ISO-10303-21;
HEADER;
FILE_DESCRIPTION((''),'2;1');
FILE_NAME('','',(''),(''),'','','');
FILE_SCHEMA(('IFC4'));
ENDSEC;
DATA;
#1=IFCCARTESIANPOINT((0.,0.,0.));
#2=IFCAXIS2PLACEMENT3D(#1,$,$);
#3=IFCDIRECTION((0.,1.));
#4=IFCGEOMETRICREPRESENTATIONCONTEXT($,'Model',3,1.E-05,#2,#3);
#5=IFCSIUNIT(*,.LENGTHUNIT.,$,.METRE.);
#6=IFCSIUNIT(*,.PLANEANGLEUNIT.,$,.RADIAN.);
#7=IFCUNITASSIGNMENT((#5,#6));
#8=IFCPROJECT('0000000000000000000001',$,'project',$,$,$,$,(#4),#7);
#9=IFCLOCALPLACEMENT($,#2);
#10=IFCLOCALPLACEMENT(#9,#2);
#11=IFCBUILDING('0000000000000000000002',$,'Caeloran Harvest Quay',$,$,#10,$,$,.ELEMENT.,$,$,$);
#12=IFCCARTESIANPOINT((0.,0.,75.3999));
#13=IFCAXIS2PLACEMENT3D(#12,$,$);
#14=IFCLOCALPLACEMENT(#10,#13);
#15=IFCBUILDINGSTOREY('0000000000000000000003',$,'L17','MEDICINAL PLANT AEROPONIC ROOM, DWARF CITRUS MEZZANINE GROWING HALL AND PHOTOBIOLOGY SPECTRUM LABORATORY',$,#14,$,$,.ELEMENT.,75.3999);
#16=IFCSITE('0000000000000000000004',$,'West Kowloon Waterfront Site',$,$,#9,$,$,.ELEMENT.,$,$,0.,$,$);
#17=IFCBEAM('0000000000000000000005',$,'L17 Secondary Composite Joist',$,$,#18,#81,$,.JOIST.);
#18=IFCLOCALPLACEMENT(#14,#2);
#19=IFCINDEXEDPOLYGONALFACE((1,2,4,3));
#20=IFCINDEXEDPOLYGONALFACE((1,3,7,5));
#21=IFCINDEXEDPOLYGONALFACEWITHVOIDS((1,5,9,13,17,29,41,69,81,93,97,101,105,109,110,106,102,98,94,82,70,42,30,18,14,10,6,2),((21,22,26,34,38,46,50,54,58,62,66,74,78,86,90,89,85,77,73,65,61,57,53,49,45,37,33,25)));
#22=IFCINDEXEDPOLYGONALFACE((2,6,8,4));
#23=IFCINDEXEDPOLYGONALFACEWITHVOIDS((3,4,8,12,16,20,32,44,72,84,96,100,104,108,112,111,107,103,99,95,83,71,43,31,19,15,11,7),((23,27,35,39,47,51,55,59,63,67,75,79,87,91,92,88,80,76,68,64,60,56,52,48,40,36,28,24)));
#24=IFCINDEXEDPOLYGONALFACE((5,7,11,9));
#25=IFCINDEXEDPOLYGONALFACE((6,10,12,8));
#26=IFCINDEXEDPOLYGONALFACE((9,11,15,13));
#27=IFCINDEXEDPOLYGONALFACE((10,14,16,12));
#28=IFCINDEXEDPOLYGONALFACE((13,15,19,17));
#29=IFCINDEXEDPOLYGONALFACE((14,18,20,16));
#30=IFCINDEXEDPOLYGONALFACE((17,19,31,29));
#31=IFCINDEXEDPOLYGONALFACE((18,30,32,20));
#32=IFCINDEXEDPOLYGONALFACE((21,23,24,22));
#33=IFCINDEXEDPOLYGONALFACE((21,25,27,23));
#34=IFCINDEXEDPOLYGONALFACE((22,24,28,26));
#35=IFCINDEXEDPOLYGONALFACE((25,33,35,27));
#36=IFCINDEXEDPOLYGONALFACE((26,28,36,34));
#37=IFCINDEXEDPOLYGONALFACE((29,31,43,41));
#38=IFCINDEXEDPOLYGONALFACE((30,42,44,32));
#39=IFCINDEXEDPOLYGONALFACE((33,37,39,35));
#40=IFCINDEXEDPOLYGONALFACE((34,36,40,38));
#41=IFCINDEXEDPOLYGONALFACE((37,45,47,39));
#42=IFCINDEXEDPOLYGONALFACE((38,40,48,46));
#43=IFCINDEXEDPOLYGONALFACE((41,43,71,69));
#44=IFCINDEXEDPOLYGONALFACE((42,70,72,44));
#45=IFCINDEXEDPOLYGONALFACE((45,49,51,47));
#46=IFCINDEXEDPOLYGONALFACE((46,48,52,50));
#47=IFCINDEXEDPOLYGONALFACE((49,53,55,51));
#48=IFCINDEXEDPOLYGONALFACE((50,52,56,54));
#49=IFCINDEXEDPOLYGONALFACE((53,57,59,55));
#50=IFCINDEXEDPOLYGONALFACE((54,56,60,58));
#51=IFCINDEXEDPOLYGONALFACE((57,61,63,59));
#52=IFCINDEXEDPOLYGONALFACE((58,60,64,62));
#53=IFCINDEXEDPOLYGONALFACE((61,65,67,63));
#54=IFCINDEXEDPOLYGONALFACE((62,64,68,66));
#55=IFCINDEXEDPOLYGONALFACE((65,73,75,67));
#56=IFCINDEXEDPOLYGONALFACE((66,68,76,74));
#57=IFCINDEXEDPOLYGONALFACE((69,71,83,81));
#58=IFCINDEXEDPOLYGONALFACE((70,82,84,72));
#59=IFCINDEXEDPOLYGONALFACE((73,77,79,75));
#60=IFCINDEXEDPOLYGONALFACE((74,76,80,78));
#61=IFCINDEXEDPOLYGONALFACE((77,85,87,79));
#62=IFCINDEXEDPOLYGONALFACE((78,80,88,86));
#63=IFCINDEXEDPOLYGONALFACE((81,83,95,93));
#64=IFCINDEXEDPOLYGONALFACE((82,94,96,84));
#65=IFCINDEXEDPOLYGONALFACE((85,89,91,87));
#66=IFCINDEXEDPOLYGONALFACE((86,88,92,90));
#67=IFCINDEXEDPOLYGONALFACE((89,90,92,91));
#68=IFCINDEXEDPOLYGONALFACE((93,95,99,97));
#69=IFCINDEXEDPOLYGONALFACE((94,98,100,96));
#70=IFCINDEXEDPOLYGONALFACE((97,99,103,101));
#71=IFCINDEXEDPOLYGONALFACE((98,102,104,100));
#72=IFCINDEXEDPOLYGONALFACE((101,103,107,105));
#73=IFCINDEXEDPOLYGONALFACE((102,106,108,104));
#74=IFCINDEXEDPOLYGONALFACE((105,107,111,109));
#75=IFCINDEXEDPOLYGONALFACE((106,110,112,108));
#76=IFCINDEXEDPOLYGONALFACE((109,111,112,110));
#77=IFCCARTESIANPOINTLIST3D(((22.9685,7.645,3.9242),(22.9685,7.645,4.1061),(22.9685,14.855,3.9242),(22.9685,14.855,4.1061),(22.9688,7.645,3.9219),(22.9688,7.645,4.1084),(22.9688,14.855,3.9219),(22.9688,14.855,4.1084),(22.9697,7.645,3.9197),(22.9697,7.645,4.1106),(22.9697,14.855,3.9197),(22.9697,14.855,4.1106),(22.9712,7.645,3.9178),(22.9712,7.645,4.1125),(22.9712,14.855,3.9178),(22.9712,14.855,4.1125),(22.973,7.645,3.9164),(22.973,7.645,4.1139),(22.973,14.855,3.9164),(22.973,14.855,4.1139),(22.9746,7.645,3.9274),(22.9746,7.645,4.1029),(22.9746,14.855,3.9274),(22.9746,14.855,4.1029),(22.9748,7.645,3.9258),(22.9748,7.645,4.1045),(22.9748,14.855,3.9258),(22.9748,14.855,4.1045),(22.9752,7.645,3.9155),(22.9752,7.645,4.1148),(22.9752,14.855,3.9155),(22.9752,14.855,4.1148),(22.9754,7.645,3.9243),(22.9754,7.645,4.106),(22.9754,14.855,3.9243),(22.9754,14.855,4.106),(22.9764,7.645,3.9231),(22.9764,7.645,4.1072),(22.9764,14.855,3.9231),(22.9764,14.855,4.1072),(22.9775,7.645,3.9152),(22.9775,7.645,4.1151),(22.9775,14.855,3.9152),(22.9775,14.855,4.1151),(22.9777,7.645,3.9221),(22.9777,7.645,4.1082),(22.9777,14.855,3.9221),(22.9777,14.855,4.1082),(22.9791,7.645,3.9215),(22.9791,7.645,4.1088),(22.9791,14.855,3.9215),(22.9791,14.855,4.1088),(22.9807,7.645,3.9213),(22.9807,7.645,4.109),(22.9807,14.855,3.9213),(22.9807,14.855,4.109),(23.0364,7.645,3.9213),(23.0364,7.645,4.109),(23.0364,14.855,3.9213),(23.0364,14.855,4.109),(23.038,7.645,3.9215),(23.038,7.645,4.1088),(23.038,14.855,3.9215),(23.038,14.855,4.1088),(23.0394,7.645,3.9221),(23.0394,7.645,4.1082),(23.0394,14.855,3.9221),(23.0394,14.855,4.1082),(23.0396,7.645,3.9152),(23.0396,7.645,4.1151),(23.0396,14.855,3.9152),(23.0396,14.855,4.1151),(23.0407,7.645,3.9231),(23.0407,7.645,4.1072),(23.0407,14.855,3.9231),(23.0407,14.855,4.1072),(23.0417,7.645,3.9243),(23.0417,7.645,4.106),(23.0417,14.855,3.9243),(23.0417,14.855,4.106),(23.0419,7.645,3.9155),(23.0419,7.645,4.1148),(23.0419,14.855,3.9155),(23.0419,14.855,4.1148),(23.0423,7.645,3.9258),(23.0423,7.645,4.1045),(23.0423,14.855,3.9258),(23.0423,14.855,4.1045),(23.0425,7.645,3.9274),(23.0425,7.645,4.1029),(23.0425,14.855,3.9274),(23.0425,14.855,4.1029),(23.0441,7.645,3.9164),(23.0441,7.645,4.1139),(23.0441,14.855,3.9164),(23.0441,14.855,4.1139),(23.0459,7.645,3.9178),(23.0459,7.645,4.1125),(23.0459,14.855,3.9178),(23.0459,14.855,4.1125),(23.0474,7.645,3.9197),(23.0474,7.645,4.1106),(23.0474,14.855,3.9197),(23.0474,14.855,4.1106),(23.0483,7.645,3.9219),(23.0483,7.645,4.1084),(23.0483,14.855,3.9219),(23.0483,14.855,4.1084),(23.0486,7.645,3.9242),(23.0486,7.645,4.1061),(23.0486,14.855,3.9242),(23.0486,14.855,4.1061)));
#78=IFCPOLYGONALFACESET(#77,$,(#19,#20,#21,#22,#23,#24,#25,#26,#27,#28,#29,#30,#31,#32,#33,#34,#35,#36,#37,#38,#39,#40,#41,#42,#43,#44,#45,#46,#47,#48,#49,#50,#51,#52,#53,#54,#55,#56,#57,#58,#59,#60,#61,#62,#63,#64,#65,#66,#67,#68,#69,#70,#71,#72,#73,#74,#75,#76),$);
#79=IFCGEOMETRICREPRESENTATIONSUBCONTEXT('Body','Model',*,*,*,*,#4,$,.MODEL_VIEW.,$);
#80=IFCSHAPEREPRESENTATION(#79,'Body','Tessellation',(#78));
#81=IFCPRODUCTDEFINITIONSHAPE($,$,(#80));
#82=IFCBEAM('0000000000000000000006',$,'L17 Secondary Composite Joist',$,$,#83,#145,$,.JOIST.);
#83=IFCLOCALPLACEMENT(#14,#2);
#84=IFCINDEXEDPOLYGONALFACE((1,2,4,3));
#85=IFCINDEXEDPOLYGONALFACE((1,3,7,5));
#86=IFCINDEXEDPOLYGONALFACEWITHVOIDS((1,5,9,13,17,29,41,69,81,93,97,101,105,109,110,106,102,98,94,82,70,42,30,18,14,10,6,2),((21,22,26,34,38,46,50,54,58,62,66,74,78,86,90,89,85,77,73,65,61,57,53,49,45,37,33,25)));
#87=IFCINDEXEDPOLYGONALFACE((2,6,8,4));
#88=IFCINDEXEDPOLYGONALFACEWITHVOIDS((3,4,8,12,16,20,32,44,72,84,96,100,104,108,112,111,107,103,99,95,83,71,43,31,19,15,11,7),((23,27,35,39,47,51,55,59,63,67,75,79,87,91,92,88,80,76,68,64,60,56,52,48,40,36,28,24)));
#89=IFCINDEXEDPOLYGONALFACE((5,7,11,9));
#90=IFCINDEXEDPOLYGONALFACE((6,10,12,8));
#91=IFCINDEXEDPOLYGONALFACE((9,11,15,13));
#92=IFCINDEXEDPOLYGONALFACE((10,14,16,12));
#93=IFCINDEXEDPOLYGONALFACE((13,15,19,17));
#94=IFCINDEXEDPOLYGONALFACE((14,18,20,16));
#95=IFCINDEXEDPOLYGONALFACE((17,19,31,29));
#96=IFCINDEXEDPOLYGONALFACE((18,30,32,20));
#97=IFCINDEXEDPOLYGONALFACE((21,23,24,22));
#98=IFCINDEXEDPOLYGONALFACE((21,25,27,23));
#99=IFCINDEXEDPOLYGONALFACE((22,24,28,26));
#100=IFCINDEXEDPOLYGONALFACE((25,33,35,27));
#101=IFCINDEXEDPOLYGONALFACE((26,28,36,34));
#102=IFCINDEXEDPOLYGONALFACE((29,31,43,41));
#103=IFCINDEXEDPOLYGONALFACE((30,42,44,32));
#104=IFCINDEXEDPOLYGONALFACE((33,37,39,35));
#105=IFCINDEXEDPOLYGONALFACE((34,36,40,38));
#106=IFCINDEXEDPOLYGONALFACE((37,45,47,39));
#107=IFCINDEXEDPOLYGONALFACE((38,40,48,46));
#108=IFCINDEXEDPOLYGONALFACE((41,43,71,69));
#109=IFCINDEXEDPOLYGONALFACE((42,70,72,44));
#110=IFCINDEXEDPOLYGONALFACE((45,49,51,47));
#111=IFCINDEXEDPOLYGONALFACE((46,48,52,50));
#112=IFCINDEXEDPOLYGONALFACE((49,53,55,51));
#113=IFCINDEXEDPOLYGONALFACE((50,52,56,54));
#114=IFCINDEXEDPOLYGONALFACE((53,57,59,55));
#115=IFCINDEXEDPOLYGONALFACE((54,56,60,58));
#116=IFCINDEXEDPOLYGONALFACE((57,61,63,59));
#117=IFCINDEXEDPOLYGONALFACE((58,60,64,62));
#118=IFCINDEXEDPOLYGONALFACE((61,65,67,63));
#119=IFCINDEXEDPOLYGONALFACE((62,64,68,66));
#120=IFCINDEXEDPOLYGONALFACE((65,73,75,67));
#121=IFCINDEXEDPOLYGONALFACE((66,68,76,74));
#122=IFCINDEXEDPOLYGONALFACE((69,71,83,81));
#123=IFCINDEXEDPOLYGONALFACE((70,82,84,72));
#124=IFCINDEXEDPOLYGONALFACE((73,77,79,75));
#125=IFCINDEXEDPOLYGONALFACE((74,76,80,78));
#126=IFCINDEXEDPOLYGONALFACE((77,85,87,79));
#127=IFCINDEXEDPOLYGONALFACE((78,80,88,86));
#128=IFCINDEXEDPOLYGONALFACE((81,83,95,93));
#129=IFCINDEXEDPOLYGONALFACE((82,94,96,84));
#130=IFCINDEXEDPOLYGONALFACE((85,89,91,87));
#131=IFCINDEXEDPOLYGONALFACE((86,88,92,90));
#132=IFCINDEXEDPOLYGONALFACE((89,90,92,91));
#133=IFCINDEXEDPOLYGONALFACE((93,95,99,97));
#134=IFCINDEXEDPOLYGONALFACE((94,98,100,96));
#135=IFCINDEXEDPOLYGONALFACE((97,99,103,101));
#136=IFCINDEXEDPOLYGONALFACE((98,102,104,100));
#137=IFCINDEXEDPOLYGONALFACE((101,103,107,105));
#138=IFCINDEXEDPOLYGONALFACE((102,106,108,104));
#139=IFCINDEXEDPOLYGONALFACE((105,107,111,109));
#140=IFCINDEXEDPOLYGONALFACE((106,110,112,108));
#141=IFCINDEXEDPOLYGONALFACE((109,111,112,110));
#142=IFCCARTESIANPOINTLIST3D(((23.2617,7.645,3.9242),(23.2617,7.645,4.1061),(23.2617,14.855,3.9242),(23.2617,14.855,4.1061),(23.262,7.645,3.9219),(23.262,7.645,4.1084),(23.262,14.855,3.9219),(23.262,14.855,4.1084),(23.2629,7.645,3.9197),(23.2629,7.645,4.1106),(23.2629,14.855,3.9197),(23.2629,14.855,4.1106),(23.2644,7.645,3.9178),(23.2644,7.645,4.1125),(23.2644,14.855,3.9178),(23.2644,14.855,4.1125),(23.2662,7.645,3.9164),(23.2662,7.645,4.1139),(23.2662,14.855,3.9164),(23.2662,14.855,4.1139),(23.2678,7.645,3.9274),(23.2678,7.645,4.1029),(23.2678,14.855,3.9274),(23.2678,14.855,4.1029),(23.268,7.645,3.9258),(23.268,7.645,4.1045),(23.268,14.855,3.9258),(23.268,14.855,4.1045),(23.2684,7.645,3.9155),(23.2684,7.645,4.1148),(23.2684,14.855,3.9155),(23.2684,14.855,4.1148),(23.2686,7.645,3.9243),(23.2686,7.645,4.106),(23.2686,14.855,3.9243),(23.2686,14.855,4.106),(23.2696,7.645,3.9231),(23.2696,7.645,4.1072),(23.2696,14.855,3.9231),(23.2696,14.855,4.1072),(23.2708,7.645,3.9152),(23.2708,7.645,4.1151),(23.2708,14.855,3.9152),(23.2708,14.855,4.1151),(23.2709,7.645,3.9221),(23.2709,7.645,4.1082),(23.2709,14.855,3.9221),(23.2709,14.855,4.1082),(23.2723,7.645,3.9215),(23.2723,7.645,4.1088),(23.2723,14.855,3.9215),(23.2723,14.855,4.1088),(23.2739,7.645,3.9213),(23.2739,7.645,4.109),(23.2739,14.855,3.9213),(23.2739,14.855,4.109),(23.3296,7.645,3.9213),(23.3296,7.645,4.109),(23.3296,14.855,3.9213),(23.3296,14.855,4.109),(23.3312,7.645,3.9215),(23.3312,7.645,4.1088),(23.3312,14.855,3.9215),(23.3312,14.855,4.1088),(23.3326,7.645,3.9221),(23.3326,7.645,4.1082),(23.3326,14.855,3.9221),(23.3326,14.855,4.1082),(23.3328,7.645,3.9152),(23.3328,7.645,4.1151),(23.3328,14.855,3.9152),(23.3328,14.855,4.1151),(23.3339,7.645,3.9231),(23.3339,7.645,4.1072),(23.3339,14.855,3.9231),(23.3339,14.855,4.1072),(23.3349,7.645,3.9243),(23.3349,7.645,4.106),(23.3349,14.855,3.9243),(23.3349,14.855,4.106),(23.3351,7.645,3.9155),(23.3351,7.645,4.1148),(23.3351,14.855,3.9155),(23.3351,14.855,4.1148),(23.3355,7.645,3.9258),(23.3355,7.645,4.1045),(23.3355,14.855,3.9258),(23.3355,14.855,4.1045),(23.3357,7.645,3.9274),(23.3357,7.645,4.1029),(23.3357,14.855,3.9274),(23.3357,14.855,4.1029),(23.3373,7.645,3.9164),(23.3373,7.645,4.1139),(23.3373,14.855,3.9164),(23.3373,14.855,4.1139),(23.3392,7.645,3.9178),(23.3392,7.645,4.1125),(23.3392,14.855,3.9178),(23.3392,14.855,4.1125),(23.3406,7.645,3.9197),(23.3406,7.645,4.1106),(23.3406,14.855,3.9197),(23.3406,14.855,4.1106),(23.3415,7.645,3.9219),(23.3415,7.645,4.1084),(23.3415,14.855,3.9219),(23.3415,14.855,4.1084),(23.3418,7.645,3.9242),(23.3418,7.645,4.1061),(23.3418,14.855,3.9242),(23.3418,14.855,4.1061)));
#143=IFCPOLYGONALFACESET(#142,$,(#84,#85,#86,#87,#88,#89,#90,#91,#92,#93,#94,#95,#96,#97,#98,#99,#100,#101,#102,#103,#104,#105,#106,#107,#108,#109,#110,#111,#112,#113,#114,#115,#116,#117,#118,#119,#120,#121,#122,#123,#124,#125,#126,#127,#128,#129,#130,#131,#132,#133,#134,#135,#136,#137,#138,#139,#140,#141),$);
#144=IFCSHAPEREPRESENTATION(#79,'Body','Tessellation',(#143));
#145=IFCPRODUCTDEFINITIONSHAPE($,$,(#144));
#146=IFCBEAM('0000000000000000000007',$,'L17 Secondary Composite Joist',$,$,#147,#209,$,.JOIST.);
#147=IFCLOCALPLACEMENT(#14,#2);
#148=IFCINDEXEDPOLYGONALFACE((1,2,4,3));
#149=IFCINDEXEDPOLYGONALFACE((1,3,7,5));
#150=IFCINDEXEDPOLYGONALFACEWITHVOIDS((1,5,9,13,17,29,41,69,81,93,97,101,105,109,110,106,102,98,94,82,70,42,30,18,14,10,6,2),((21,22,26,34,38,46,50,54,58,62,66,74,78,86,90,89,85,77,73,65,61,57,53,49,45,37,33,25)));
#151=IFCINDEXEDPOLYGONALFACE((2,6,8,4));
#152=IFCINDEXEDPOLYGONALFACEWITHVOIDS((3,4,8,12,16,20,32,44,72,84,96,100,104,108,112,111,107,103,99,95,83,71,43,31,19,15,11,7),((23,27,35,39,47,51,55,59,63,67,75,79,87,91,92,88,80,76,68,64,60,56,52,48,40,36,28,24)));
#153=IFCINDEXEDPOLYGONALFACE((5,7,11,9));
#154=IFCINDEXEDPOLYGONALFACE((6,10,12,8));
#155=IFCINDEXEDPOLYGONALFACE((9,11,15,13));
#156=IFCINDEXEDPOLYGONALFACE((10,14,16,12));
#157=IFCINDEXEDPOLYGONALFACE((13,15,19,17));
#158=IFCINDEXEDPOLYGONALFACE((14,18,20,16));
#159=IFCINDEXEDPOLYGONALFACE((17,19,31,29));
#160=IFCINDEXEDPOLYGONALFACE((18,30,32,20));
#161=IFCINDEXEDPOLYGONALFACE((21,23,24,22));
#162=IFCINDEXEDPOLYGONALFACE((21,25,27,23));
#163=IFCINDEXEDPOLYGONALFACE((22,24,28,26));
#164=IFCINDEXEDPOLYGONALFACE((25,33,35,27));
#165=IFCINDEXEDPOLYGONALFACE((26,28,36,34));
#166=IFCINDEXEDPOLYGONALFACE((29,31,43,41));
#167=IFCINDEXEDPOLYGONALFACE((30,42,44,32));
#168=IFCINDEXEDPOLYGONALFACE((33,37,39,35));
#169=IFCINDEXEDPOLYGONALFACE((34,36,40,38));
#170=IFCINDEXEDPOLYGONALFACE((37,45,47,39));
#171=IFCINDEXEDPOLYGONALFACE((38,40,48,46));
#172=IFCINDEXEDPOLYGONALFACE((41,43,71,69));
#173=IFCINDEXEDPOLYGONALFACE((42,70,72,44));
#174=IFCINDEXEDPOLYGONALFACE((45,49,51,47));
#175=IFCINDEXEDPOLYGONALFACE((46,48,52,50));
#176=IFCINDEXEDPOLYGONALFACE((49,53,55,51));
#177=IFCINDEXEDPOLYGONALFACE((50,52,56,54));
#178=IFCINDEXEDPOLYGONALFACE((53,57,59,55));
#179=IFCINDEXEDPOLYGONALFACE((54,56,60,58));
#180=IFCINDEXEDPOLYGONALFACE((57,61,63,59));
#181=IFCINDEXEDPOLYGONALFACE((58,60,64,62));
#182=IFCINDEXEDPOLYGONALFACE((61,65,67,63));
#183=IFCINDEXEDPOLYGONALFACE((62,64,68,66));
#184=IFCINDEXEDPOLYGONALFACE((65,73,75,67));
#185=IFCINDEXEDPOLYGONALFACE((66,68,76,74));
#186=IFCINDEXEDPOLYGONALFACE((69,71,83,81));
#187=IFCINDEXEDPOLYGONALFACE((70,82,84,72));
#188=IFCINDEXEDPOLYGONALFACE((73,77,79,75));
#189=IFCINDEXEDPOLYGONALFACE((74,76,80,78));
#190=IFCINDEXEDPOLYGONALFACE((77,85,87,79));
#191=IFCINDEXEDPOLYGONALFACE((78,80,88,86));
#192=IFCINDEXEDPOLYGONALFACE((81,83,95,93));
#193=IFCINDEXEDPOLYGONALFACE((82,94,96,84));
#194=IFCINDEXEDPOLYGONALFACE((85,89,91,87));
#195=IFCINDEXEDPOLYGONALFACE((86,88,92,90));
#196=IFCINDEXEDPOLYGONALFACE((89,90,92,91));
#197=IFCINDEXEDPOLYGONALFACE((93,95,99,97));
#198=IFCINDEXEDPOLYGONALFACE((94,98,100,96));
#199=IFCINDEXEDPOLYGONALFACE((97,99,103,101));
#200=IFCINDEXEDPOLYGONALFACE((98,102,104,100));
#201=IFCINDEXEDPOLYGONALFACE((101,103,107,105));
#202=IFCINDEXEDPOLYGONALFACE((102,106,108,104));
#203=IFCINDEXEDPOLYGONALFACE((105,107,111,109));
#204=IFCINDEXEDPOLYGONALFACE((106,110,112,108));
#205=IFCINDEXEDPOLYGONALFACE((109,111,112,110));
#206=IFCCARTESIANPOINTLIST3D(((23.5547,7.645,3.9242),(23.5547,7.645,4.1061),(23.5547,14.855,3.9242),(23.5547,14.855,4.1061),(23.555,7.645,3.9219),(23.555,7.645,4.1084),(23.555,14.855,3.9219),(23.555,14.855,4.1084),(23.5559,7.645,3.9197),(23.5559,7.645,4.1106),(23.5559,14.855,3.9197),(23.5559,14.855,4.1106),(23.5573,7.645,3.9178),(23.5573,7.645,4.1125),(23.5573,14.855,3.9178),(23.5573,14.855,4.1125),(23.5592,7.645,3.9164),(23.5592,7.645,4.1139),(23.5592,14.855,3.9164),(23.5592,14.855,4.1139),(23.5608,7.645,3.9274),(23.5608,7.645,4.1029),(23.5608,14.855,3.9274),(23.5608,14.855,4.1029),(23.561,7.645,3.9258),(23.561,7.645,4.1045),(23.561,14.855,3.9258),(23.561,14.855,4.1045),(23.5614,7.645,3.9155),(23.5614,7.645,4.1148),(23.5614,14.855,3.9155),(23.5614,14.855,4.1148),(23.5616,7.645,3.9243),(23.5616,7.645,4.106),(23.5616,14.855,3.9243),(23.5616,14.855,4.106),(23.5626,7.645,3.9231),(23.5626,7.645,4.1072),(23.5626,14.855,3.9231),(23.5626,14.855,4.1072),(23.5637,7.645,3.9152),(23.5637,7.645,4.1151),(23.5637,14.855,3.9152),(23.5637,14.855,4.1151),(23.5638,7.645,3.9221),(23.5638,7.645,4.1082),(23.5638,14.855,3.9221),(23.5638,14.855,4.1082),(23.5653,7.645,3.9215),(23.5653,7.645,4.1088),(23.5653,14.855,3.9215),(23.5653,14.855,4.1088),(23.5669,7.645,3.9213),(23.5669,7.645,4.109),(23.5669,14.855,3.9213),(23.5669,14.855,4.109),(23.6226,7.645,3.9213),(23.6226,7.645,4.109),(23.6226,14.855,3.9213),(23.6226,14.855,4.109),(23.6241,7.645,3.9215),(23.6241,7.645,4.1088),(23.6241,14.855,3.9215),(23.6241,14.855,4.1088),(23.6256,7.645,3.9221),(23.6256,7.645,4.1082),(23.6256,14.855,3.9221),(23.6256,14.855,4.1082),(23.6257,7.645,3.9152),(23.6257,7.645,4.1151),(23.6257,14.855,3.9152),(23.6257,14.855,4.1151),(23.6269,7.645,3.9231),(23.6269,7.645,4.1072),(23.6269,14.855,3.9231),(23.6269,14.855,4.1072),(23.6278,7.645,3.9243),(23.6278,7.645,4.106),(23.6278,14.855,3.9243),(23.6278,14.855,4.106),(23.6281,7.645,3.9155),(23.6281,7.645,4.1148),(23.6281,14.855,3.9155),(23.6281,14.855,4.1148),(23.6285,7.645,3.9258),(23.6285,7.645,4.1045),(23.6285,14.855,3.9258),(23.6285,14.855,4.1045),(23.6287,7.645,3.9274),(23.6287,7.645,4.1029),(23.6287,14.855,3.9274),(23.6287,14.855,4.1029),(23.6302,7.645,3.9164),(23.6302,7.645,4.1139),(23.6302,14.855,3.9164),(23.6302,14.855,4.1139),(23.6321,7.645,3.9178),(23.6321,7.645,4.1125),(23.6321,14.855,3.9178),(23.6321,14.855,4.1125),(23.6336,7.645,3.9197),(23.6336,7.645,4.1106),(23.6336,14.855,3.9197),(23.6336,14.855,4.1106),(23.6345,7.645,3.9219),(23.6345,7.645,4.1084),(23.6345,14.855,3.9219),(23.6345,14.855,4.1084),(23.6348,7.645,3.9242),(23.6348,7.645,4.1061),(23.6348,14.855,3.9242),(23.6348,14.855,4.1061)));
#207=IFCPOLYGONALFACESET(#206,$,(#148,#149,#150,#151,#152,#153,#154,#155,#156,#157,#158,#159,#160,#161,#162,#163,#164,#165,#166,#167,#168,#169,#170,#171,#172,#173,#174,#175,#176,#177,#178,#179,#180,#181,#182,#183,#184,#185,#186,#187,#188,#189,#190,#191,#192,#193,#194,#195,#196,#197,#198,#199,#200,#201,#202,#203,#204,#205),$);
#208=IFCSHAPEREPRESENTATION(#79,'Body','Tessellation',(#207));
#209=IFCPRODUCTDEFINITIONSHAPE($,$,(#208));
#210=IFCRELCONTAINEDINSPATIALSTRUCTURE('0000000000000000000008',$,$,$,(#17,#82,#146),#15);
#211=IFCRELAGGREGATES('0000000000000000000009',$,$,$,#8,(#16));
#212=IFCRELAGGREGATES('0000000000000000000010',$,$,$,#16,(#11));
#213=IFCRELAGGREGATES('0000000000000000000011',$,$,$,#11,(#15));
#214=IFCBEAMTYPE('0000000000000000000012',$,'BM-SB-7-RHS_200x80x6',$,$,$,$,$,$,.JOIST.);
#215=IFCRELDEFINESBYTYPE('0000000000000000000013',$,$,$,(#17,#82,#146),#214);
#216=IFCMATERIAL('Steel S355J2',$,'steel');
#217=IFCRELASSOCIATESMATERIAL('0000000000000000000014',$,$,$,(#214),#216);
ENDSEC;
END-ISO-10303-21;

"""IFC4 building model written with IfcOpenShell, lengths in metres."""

from ifc_helpers import new_model, si_unit, direction, frame, origin, origin_2d, place, context, subcontext, project, spatial, hollow_rectangle, extrude, material, material_profile, profile_set, type_object, element, save


model = new_model("IFC4")

# Units and contexts
model_context = context("Model", 3, precision=1e-05, world=origin(), true_north=direction((0.0, 1.0)))
body_context = subcontext(model_context, "Body", "Model", "MODEL_VIEW")
ifc_project = project(units=[si_unit("LENGTHUNIT", "METRE"), si_unit("PLANEANGLEUNIT", "RADIAN")], contexts=[model_context])

# Site, building, storey
site_placement = place(None, origin())
site = spatial("IfcSite", under=ifc_project, at=site_placement, Name="West Kowloon Waterfront Site", CompositionType="ELEMENT", RefElevation=0.0)
building_placement = place(site_placement, origin())
building = spatial("IfcBuilding", under=site, at=building_placement, Name="Caeloran Harvest Quay", CompositionType="ELEMENT")
storey_placement = place(building_placement, frame((0.0, 0.0, 75.3999)))
storey = spatial("IfcBuildingStorey", under=building, at=storey_placement, Name="L17", Description="MEDICINAL PLANT AEROPONIC ROOM, DWARF CITRUS MEZZANINE GROWING HALL AND PHOTOBIOLOGY SPECTRUM LABORATORY", CompositionType="ELEMENT", Elevation=75.3999)

# Beams
ifc_material_1 = material(Name="Steel S355J2", Category="steel")
ifc_material_profile_1 = material_profile(ifc_material_1, hollow_rectangle(XDim=0.0801, YDim=0.2, WallThickness=0.0061, InnerFilletRadius=0.0061, OuterFilletRadius=0.009, at=origin_2d()), Name="RHS 200x80x6")
ifc_profile_set_1 = profile_set([ifc_material_profile_1], Name="Steel S355J2")
beam_type_1 = type_object("IfcBeamType", Name="BM-SB-7-RHS_200x80x6", PredefinedType="JOIST", material=ifc_profile_set_1)
for number, where, z_axis, x_axis, name in (
    (1, (23.0085, 7.645, 4.0151), (0.0, 1.0, 0.0), (-1.0, 0.0, 0.0), "L17 Secondary Composite Joist"),
    (2, (23.3018, 7.645, 4.0151), (0.0, 1.0, 0.0), (-1.0, 0.0, 0.0), "L17 Secondary Composite Joist"),
    (3, (23.5947, 7.645, 4.0151), (0.0, 1.0, 0.0), (-1.0, 0.0, 0.0), "L17 Secondary Composite Joist"),
):
    element("IfcBeam", number, at=place(storey_placement, frame(where, z_axis=z_axis, x_axis=x_axis)), inside=storey, type_object=beam_type_1, Name=name, PredefinedType="JOIST", context=body_context, shape_type="SweptSolid", body=[
        extrude(hollow_rectangle(XDim=0.0801, YDim=0.2, WallThickness=0.0061, InnerFilletRadius=0.0061, OuterFilletRadius=0.009, at=origin_2d()), origin(), (0.0, 0.0, 1.0), 7.21),
    ])

save(model, "model.ifc")
